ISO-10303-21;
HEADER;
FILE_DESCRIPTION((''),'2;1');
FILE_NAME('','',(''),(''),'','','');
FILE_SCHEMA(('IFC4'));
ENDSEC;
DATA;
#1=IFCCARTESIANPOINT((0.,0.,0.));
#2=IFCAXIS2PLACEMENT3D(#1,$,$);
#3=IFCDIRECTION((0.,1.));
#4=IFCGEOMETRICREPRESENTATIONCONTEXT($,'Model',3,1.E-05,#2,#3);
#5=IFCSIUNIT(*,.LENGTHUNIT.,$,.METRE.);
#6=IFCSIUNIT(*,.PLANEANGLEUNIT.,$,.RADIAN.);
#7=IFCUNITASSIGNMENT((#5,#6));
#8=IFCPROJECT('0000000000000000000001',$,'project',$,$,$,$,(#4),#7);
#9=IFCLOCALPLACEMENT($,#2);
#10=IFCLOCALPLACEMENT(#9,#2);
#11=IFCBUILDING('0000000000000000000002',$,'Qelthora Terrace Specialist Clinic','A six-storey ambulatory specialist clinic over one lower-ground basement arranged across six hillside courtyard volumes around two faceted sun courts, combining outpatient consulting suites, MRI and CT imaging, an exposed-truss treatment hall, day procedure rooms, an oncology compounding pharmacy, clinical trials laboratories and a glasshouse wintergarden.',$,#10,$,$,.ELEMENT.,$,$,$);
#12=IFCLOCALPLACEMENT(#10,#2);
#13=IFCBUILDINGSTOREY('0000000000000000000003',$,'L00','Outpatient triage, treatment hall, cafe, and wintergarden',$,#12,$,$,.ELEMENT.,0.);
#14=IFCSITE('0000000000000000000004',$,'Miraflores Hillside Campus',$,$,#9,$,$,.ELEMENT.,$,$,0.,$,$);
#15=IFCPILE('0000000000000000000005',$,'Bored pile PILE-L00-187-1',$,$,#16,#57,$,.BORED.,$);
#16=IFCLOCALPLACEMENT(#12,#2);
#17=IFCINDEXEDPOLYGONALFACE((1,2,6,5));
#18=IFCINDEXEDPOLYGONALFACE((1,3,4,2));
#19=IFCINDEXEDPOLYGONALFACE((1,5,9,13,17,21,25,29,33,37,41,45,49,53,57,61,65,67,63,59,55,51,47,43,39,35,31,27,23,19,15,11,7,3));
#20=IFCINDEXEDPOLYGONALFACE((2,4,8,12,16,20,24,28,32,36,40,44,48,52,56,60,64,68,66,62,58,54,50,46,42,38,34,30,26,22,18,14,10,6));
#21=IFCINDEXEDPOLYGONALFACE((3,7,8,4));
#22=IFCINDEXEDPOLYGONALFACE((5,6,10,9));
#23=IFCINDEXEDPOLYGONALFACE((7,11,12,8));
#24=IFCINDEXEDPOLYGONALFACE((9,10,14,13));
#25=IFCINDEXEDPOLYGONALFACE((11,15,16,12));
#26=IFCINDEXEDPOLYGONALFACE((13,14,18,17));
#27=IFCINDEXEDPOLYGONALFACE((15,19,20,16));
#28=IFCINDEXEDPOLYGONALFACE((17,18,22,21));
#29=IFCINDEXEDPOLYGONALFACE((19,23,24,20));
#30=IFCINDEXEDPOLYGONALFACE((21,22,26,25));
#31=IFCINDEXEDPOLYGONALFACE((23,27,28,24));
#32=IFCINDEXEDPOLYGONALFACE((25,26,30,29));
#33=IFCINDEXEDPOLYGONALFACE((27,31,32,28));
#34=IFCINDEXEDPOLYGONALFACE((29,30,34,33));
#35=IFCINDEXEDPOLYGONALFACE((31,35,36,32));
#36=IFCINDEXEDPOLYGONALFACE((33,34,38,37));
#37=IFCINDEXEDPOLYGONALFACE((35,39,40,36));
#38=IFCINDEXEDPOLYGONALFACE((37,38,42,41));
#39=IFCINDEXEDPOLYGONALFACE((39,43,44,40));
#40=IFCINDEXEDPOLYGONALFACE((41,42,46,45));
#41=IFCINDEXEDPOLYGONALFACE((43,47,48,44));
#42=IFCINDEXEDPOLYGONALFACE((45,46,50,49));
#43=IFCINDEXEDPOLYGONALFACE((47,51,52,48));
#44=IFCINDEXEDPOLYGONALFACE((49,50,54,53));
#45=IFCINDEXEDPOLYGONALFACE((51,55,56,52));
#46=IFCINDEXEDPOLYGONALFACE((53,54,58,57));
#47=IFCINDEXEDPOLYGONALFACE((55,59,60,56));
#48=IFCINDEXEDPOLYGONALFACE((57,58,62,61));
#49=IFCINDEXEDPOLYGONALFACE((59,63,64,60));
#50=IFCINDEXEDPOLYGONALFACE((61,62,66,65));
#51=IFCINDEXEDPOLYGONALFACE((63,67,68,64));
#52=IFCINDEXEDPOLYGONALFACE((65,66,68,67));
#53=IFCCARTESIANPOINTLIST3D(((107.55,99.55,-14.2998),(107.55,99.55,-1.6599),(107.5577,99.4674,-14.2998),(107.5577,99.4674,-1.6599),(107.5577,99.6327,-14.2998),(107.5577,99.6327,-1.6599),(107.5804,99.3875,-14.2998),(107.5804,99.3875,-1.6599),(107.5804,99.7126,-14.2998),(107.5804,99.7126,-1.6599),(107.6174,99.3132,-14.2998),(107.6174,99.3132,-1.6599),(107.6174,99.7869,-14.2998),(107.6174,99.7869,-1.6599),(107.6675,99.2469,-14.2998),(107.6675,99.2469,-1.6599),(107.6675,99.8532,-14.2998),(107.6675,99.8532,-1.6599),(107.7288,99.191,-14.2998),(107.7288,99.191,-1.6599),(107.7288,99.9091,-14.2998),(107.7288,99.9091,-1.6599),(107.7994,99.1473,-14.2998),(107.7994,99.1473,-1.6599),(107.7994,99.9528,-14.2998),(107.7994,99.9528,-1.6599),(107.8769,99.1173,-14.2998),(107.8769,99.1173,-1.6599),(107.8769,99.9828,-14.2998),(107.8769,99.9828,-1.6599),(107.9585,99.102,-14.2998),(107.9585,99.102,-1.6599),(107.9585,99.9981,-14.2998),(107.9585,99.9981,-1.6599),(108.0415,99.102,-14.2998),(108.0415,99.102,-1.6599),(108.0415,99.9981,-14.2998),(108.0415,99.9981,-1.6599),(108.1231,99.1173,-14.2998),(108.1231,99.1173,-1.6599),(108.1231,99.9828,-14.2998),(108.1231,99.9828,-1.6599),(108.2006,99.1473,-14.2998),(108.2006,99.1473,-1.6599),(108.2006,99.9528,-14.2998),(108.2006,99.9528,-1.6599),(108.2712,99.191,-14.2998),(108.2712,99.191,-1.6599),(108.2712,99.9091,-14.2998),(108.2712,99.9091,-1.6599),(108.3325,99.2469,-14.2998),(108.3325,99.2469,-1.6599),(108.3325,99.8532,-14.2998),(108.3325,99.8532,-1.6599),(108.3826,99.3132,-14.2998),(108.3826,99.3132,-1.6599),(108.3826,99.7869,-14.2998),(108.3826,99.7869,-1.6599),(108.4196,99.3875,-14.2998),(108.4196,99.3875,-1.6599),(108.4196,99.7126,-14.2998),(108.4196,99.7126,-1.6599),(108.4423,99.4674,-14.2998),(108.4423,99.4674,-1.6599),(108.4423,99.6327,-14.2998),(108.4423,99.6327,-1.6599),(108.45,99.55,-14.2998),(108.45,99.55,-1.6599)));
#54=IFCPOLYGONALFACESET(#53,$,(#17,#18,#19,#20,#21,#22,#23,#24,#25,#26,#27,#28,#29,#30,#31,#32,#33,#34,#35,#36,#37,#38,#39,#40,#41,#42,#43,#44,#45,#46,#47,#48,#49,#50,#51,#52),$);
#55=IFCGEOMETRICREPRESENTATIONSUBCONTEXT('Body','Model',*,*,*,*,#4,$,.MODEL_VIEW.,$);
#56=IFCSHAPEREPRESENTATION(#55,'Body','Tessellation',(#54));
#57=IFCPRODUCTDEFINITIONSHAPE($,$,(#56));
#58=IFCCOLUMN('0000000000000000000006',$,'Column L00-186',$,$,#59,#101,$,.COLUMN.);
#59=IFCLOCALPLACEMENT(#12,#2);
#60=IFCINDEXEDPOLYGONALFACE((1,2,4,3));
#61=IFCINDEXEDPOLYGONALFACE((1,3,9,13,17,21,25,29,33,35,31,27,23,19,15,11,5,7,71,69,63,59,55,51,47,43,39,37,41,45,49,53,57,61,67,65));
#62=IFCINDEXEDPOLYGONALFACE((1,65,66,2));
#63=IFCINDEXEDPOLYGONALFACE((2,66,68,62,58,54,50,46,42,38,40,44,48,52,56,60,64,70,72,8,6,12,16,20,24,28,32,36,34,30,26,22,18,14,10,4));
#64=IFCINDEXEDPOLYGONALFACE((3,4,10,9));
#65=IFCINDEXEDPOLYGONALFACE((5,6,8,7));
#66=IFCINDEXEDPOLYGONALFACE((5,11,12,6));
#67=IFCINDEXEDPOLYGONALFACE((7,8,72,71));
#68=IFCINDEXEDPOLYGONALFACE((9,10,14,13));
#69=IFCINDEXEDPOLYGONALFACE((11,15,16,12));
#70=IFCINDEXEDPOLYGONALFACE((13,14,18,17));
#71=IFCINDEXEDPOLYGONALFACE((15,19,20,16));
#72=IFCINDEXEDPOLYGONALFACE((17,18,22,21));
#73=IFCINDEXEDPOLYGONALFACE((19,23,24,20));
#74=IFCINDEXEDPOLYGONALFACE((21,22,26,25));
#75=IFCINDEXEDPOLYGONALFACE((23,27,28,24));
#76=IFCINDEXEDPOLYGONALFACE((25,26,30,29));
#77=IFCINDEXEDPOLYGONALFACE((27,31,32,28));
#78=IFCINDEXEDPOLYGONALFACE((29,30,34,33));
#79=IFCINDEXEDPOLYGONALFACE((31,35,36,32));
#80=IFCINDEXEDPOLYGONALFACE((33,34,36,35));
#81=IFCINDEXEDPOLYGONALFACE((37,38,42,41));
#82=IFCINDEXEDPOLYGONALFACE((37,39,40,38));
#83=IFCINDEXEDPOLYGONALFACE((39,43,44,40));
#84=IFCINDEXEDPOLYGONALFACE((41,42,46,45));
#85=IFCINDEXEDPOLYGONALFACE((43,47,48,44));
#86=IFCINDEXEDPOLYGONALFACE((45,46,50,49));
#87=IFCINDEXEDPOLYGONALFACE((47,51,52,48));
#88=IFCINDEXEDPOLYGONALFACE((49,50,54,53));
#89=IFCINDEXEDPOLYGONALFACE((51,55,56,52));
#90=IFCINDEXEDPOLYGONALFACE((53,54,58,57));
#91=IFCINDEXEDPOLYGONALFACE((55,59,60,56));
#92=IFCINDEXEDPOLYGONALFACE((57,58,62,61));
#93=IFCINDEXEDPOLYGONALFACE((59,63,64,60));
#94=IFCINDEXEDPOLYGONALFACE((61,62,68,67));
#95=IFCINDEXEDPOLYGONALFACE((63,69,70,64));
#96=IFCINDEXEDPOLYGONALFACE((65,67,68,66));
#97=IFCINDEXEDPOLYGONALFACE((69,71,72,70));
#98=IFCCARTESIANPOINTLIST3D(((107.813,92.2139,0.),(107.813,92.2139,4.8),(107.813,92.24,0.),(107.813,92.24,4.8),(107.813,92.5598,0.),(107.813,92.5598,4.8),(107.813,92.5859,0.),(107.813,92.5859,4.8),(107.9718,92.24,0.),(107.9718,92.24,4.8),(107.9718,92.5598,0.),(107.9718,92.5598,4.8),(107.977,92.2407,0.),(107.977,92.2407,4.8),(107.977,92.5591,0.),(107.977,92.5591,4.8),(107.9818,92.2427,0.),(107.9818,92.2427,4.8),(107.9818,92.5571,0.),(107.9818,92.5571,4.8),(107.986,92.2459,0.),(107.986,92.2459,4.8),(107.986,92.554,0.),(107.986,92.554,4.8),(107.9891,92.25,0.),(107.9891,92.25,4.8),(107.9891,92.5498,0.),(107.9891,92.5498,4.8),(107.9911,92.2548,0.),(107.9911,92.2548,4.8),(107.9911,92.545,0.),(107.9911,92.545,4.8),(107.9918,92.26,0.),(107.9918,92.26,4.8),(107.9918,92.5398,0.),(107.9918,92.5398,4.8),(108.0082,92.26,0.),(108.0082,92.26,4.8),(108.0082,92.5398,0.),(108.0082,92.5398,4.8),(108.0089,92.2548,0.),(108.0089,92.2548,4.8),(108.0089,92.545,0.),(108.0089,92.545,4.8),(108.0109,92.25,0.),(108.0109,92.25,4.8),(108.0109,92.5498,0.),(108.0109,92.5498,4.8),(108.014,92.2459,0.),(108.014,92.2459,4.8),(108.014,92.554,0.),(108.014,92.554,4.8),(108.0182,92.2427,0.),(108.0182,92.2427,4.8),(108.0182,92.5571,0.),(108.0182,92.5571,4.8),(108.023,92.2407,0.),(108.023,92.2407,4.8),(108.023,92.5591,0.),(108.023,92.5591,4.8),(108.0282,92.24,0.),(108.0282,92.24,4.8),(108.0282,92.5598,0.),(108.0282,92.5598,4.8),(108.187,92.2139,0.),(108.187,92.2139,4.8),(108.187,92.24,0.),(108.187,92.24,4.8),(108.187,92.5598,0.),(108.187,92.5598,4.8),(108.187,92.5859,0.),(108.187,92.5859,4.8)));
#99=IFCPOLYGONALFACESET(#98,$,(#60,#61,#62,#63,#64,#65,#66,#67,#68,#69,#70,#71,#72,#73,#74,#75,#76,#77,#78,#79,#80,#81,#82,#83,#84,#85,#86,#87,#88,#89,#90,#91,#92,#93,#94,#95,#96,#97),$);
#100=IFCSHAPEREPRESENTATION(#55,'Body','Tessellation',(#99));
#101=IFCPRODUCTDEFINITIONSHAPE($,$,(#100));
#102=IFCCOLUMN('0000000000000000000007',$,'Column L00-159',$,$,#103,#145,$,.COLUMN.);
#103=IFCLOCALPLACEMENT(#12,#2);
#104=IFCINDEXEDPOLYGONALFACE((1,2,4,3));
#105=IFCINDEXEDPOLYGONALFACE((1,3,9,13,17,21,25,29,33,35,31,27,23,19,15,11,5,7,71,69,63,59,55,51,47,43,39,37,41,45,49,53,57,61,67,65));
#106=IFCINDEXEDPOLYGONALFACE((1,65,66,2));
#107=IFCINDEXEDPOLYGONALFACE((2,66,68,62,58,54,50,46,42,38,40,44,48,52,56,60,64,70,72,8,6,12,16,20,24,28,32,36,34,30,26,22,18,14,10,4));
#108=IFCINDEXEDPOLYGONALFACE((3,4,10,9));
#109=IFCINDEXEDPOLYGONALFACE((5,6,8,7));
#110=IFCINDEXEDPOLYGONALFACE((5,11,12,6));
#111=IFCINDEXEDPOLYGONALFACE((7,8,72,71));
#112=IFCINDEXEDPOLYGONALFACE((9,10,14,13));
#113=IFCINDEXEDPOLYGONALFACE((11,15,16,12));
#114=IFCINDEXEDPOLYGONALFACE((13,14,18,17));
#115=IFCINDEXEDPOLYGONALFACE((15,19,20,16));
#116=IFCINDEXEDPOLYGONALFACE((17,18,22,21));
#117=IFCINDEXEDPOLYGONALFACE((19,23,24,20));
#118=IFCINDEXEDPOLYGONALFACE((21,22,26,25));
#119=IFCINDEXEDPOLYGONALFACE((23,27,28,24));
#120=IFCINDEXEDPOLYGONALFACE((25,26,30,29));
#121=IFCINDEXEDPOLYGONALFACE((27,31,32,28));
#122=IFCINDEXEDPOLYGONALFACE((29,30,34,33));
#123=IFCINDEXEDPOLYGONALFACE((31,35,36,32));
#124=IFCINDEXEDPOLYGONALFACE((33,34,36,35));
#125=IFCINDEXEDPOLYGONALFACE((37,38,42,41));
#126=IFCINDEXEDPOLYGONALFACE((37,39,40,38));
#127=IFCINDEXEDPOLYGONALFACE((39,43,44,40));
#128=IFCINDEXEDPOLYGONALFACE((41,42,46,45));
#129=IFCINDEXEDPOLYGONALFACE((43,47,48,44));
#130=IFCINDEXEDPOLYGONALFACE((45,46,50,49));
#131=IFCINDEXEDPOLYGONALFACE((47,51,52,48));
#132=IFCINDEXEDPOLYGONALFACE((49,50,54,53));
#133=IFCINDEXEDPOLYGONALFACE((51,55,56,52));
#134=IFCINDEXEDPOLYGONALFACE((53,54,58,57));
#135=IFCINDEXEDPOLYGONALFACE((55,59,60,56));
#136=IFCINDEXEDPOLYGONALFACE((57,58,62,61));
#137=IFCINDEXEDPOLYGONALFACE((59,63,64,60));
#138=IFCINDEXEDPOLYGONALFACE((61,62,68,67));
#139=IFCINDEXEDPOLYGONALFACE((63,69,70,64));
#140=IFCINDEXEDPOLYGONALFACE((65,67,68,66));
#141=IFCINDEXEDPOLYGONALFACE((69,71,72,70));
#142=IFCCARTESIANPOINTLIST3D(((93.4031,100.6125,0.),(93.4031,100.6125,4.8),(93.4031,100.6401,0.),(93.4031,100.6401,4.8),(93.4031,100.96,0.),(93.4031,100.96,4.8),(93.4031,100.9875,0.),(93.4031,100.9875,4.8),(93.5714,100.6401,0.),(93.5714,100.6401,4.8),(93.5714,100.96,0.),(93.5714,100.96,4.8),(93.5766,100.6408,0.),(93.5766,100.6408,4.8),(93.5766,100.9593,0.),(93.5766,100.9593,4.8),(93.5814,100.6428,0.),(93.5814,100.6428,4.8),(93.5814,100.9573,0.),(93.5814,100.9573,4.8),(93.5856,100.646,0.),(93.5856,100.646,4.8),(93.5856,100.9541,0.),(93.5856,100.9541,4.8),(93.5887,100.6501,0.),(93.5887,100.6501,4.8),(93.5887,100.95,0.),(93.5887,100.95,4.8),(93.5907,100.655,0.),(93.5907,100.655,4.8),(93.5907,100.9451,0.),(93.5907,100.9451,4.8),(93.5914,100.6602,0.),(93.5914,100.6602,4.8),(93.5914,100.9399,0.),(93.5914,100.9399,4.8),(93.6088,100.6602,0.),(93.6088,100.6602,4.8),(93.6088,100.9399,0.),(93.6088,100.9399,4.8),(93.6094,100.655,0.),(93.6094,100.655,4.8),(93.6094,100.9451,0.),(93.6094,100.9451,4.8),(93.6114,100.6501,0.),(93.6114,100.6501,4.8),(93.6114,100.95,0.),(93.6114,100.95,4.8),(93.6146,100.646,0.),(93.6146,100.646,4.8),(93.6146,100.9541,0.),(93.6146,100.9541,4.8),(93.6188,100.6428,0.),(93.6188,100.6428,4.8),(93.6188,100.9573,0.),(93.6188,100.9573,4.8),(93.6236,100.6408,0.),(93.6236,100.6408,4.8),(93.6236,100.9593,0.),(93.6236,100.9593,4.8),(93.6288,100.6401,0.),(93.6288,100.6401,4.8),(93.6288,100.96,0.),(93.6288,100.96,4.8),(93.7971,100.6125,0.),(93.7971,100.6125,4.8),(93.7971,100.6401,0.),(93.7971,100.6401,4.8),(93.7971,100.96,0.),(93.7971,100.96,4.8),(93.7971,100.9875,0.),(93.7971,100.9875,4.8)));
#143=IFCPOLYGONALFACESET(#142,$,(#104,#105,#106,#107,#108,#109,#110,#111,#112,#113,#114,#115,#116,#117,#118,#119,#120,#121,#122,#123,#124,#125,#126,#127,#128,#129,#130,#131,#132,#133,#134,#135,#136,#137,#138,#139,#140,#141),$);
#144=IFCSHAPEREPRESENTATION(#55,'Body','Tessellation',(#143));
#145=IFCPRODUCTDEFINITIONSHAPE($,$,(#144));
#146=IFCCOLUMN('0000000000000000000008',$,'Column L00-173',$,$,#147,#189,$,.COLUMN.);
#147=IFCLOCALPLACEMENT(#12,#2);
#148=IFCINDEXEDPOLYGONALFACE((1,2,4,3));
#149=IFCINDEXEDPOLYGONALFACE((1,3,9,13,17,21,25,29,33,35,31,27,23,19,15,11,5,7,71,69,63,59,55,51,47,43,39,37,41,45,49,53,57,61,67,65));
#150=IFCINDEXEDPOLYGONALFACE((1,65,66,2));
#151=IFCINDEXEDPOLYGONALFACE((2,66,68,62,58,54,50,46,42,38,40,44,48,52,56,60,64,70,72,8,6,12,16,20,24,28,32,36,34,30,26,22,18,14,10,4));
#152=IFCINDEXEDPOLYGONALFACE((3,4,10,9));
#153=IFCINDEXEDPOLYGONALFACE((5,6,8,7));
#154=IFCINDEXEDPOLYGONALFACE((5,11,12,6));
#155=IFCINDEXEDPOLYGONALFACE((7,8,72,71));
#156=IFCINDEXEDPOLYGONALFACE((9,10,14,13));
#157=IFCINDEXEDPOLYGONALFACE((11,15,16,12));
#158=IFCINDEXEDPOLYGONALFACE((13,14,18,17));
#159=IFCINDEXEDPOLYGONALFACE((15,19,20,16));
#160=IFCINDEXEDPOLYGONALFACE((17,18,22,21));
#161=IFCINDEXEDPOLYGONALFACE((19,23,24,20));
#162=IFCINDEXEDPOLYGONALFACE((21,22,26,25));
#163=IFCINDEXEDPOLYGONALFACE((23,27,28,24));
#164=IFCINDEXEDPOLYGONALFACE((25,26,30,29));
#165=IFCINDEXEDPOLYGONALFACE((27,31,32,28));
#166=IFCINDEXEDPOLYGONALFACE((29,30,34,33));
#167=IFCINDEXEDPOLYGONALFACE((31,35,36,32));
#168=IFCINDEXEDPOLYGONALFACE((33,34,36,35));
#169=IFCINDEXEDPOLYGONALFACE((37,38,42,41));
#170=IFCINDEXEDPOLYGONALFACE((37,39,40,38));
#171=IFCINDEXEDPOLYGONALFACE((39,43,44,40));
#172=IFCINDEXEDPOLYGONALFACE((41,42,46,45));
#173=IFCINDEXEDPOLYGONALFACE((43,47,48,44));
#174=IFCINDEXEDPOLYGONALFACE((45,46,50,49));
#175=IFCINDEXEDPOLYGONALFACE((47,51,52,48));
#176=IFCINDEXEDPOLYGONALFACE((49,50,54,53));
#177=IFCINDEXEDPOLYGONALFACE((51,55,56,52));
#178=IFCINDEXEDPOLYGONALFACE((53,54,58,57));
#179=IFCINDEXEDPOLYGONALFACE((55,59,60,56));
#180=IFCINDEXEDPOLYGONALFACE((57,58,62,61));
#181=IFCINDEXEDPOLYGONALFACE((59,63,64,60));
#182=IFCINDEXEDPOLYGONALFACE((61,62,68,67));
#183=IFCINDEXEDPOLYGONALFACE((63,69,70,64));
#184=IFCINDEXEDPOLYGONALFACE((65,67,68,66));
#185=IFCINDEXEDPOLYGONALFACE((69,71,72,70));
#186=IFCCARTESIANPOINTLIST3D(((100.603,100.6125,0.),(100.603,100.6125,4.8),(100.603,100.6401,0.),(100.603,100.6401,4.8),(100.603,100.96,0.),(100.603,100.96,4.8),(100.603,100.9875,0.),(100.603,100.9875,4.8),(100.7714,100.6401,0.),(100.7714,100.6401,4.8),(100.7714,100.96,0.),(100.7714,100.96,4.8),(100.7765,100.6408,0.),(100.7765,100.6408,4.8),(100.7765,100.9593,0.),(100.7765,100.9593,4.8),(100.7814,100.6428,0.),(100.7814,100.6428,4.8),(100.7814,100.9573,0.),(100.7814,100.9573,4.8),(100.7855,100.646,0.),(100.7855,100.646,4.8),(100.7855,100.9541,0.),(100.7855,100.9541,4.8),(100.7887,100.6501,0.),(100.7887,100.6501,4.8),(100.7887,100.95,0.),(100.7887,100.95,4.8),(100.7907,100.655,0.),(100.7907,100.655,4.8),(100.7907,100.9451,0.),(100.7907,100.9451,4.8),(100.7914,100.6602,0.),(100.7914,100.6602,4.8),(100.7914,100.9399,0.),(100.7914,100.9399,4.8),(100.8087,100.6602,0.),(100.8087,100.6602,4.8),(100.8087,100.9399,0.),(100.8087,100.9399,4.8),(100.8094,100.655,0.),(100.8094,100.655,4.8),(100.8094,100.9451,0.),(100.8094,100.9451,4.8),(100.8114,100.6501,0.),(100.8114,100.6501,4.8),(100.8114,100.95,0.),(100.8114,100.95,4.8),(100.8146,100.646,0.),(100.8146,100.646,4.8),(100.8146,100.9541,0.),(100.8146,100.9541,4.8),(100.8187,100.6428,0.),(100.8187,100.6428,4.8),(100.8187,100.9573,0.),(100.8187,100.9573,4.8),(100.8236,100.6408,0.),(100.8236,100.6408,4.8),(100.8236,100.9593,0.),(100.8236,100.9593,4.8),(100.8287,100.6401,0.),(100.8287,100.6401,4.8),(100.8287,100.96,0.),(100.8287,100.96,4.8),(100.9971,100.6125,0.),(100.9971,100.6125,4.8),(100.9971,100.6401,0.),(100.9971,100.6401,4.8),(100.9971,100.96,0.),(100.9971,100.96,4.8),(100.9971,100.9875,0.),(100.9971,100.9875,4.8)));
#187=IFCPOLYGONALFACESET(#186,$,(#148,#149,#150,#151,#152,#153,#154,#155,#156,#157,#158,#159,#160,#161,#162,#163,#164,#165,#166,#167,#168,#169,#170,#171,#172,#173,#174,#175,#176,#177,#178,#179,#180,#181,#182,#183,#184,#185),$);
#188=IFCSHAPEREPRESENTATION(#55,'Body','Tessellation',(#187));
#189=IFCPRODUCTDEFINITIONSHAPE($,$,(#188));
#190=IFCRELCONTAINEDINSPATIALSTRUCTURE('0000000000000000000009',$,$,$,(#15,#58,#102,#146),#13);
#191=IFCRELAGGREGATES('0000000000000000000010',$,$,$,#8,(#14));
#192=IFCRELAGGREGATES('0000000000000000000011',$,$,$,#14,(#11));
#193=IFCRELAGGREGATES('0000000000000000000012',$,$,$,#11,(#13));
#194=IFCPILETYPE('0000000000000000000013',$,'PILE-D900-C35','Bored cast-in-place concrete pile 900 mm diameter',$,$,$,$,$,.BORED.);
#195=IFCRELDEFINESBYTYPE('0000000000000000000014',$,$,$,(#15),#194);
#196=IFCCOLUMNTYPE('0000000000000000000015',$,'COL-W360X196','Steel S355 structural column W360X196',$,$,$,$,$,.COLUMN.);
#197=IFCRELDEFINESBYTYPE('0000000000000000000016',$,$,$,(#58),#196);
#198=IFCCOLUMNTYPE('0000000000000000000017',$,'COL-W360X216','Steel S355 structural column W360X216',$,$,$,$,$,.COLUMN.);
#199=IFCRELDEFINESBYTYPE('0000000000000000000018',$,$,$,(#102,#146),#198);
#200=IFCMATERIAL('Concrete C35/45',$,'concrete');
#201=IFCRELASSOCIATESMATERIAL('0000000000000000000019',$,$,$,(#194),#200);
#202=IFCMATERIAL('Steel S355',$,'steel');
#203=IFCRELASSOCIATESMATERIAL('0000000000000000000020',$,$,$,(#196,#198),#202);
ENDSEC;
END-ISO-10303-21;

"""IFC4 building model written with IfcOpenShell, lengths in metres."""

from ifc_helpers import new_model, si_unit, direction, frame, origin, origin_2d, place, context, subcontext, project, spatial, circle, i_section, extrude, material, material_profile, profile_set, type_object, element, save


model = new_model("IFC4")

# Units and contexts
model_context = context("Model", 3, precision=1e-05, world=origin(), true_north=direction((0.0, 1.0)))
body_context = subcontext(model_context, "Body", "Model", "MODEL_VIEW")
ifc_project = project(units=[si_unit("LENGTHUNIT", "METRE"), si_unit("PLANEANGLEUNIT", "RADIAN")], contexts=[model_context])

# Site, building, storey
site_placement = place(None, origin())
site = spatial("IfcSite", under=ifc_project, at=site_placement, Name="Miraflores Hillside Campus", CompositionType="ELEMENT", RefElevation=0.0)
building_placement = place(site_placement, origin())
building = spatial("IfcBuilding", under=site, at=building_placement, Name="Qelthora Terrace Specialist Clinic", Description="A six-storey ambulatory specialist clinic over one lower-ground basement arranged across six hillside courtyard volumes around two faceted sun courts, combining outpatient consulting suites, MRI and CT imaging, an exposed-truss treatment hall, day procedure rooms, an oncology compounding pharmacy, clinical trials laboratories and a glasshouse wintergarden.", CompositionType="ELEMENT")
storey_placement = place(building_placement, origin())
storey = spatial("IfcBuildingStorey", under=building, at=storey_placement, Name="L00", Description="Outpatient triage, treatment hall, cafe, and wintergarden", CompositionType="ELEMENT", Elevation=0.0)

# Shared definitions
ifc_material_1 = material(Name="Concrete C35/45", Category="concrete")

# Pile
ifc_material_profile_1 = material_profile(ifc_material_1, circle(Radius=0.45, at=origin_2d()), Name="PILE900")
ifc_profile_set_1 = profile_set([ifc_material_profile_1], Name="Concrete C35/45")
pile_type_1 = type_object("IfcPileType", Name="PILE-D900-C35", Description="Bored cast-in-place concrete pile 900 mm diameter", PredefinedType="BORED", material=ifc_profile_set_1)
for number, where, z_axis, x_axis, name in (
    (1, (108.0, 99.55, -1.6599), (0.0, 0.0, -1.0), (1.0, 0.0, 0.0), "Bored pile PILE-L00-187-1"),
):
    element("IfcPile", number, at=place(storey_placement, frame(where, z_axis=z_axis, x_axis=x_axis)), inside=storey, type_object=pile_type_1, Name=name, PredefinedType="BORED", context=body_context, shape_type="SweptSolid", body=[
        extrude(circle(Radius=0.45, at=origin_2d()), origin(), (0.0, 0.0, 1.0), 12.6399),
    ])

# Columns
ifc_material_2 = material(Name="Steel S355", Category="steel")
ifc_material_profile_2 = material_profile(ifc_material_2, i_section(OverallWidth=0.374, OverallDepth=0.3721, WebThickness=0.0164, FlangeThickness=0.0261, FilletRadius=0.02, at=origin_2d()), Name="W360X196")
ifc_profile_set_2 = profile_set([ifc_material_profile_2], Name="Steel S355")
column_type_1 = type_object("IfcColumnType", Name="COL-W360X196", Description="Steel S355 structural column W360X196", PredefinedType="COLUMN", material=ifc_profile_set_2)
column_placement = place(storey_placement, frame((108.0, 92.3999, 0.0), z_axis=(0.0, 0.0, 1.0), x_axis=(1.0, 0.0, 0.0)))
element("IfcColumn", 2, at=column_placement, inside=storey, type_object=column_type_1, Name="Column L00-186", PredefinedType="COLUMN", context=body_context, shape_type="SweptSolid", body=[
    extrude(i_section(OverallWidth=0.374, OverallDepth=0.3721, WebThickness=0.0164, FlangeThickness=0.0261, FilletRadius=0.02, at=origin_2d()), origin(), (0.0, 0.0, 1.0), 4.8),
])
ifc_material_profile_3 = material_profile(ifc_material_2, i_section(OverallWidth=0.394, OverallDepth=0.375, WebThickness=0.0173, FlangeThickness=0.0276, FilletRadius=0.02, at=origin_2d()), Name="W360X216")
ifc_profile_set_3 = profile_set([ifc_material_profile_3], Name="Steel S355")
column_type_2 = type_object("IfcColumnType", Name="COL-W360X216", Description="Steel S355 structural column W360X216", PredefinedType="COLUMN", material=ifc_profile_set_3)
for number, where, z_axis, x_axis, name in (
    (3, (93.6001, 100.8, 0.0), (0.0, 0.0, 1.0), (1.0, 0.0, 0.0), "Column L00-159"),
    (4, (100.8, 100.8, 0.0), (0.0, 0.0, 1.0), (1.0, 0.0, 0.0), "Column L00-173"),
):
    element("IfcColumn", number, at=place(storey_placement, frame(where, z_axis=z_axis, x_axis=x_axis)), inside=storey, type_object=column_type_2, Name=name, PredefinedType="COLUMN", context=body_context, shape_type="SweptSolid", body=[
        extrude(i_section(OverallWidth=0.394, OverallDepth=0.375, WebThickness=0.0173, FlangeThickness=0.0276, FilletRadius=0.02, at=origin_2d()), origin(), (0.0, 0.0, 1.0), 4.8),
    ])

save(model, "model.ifc")
